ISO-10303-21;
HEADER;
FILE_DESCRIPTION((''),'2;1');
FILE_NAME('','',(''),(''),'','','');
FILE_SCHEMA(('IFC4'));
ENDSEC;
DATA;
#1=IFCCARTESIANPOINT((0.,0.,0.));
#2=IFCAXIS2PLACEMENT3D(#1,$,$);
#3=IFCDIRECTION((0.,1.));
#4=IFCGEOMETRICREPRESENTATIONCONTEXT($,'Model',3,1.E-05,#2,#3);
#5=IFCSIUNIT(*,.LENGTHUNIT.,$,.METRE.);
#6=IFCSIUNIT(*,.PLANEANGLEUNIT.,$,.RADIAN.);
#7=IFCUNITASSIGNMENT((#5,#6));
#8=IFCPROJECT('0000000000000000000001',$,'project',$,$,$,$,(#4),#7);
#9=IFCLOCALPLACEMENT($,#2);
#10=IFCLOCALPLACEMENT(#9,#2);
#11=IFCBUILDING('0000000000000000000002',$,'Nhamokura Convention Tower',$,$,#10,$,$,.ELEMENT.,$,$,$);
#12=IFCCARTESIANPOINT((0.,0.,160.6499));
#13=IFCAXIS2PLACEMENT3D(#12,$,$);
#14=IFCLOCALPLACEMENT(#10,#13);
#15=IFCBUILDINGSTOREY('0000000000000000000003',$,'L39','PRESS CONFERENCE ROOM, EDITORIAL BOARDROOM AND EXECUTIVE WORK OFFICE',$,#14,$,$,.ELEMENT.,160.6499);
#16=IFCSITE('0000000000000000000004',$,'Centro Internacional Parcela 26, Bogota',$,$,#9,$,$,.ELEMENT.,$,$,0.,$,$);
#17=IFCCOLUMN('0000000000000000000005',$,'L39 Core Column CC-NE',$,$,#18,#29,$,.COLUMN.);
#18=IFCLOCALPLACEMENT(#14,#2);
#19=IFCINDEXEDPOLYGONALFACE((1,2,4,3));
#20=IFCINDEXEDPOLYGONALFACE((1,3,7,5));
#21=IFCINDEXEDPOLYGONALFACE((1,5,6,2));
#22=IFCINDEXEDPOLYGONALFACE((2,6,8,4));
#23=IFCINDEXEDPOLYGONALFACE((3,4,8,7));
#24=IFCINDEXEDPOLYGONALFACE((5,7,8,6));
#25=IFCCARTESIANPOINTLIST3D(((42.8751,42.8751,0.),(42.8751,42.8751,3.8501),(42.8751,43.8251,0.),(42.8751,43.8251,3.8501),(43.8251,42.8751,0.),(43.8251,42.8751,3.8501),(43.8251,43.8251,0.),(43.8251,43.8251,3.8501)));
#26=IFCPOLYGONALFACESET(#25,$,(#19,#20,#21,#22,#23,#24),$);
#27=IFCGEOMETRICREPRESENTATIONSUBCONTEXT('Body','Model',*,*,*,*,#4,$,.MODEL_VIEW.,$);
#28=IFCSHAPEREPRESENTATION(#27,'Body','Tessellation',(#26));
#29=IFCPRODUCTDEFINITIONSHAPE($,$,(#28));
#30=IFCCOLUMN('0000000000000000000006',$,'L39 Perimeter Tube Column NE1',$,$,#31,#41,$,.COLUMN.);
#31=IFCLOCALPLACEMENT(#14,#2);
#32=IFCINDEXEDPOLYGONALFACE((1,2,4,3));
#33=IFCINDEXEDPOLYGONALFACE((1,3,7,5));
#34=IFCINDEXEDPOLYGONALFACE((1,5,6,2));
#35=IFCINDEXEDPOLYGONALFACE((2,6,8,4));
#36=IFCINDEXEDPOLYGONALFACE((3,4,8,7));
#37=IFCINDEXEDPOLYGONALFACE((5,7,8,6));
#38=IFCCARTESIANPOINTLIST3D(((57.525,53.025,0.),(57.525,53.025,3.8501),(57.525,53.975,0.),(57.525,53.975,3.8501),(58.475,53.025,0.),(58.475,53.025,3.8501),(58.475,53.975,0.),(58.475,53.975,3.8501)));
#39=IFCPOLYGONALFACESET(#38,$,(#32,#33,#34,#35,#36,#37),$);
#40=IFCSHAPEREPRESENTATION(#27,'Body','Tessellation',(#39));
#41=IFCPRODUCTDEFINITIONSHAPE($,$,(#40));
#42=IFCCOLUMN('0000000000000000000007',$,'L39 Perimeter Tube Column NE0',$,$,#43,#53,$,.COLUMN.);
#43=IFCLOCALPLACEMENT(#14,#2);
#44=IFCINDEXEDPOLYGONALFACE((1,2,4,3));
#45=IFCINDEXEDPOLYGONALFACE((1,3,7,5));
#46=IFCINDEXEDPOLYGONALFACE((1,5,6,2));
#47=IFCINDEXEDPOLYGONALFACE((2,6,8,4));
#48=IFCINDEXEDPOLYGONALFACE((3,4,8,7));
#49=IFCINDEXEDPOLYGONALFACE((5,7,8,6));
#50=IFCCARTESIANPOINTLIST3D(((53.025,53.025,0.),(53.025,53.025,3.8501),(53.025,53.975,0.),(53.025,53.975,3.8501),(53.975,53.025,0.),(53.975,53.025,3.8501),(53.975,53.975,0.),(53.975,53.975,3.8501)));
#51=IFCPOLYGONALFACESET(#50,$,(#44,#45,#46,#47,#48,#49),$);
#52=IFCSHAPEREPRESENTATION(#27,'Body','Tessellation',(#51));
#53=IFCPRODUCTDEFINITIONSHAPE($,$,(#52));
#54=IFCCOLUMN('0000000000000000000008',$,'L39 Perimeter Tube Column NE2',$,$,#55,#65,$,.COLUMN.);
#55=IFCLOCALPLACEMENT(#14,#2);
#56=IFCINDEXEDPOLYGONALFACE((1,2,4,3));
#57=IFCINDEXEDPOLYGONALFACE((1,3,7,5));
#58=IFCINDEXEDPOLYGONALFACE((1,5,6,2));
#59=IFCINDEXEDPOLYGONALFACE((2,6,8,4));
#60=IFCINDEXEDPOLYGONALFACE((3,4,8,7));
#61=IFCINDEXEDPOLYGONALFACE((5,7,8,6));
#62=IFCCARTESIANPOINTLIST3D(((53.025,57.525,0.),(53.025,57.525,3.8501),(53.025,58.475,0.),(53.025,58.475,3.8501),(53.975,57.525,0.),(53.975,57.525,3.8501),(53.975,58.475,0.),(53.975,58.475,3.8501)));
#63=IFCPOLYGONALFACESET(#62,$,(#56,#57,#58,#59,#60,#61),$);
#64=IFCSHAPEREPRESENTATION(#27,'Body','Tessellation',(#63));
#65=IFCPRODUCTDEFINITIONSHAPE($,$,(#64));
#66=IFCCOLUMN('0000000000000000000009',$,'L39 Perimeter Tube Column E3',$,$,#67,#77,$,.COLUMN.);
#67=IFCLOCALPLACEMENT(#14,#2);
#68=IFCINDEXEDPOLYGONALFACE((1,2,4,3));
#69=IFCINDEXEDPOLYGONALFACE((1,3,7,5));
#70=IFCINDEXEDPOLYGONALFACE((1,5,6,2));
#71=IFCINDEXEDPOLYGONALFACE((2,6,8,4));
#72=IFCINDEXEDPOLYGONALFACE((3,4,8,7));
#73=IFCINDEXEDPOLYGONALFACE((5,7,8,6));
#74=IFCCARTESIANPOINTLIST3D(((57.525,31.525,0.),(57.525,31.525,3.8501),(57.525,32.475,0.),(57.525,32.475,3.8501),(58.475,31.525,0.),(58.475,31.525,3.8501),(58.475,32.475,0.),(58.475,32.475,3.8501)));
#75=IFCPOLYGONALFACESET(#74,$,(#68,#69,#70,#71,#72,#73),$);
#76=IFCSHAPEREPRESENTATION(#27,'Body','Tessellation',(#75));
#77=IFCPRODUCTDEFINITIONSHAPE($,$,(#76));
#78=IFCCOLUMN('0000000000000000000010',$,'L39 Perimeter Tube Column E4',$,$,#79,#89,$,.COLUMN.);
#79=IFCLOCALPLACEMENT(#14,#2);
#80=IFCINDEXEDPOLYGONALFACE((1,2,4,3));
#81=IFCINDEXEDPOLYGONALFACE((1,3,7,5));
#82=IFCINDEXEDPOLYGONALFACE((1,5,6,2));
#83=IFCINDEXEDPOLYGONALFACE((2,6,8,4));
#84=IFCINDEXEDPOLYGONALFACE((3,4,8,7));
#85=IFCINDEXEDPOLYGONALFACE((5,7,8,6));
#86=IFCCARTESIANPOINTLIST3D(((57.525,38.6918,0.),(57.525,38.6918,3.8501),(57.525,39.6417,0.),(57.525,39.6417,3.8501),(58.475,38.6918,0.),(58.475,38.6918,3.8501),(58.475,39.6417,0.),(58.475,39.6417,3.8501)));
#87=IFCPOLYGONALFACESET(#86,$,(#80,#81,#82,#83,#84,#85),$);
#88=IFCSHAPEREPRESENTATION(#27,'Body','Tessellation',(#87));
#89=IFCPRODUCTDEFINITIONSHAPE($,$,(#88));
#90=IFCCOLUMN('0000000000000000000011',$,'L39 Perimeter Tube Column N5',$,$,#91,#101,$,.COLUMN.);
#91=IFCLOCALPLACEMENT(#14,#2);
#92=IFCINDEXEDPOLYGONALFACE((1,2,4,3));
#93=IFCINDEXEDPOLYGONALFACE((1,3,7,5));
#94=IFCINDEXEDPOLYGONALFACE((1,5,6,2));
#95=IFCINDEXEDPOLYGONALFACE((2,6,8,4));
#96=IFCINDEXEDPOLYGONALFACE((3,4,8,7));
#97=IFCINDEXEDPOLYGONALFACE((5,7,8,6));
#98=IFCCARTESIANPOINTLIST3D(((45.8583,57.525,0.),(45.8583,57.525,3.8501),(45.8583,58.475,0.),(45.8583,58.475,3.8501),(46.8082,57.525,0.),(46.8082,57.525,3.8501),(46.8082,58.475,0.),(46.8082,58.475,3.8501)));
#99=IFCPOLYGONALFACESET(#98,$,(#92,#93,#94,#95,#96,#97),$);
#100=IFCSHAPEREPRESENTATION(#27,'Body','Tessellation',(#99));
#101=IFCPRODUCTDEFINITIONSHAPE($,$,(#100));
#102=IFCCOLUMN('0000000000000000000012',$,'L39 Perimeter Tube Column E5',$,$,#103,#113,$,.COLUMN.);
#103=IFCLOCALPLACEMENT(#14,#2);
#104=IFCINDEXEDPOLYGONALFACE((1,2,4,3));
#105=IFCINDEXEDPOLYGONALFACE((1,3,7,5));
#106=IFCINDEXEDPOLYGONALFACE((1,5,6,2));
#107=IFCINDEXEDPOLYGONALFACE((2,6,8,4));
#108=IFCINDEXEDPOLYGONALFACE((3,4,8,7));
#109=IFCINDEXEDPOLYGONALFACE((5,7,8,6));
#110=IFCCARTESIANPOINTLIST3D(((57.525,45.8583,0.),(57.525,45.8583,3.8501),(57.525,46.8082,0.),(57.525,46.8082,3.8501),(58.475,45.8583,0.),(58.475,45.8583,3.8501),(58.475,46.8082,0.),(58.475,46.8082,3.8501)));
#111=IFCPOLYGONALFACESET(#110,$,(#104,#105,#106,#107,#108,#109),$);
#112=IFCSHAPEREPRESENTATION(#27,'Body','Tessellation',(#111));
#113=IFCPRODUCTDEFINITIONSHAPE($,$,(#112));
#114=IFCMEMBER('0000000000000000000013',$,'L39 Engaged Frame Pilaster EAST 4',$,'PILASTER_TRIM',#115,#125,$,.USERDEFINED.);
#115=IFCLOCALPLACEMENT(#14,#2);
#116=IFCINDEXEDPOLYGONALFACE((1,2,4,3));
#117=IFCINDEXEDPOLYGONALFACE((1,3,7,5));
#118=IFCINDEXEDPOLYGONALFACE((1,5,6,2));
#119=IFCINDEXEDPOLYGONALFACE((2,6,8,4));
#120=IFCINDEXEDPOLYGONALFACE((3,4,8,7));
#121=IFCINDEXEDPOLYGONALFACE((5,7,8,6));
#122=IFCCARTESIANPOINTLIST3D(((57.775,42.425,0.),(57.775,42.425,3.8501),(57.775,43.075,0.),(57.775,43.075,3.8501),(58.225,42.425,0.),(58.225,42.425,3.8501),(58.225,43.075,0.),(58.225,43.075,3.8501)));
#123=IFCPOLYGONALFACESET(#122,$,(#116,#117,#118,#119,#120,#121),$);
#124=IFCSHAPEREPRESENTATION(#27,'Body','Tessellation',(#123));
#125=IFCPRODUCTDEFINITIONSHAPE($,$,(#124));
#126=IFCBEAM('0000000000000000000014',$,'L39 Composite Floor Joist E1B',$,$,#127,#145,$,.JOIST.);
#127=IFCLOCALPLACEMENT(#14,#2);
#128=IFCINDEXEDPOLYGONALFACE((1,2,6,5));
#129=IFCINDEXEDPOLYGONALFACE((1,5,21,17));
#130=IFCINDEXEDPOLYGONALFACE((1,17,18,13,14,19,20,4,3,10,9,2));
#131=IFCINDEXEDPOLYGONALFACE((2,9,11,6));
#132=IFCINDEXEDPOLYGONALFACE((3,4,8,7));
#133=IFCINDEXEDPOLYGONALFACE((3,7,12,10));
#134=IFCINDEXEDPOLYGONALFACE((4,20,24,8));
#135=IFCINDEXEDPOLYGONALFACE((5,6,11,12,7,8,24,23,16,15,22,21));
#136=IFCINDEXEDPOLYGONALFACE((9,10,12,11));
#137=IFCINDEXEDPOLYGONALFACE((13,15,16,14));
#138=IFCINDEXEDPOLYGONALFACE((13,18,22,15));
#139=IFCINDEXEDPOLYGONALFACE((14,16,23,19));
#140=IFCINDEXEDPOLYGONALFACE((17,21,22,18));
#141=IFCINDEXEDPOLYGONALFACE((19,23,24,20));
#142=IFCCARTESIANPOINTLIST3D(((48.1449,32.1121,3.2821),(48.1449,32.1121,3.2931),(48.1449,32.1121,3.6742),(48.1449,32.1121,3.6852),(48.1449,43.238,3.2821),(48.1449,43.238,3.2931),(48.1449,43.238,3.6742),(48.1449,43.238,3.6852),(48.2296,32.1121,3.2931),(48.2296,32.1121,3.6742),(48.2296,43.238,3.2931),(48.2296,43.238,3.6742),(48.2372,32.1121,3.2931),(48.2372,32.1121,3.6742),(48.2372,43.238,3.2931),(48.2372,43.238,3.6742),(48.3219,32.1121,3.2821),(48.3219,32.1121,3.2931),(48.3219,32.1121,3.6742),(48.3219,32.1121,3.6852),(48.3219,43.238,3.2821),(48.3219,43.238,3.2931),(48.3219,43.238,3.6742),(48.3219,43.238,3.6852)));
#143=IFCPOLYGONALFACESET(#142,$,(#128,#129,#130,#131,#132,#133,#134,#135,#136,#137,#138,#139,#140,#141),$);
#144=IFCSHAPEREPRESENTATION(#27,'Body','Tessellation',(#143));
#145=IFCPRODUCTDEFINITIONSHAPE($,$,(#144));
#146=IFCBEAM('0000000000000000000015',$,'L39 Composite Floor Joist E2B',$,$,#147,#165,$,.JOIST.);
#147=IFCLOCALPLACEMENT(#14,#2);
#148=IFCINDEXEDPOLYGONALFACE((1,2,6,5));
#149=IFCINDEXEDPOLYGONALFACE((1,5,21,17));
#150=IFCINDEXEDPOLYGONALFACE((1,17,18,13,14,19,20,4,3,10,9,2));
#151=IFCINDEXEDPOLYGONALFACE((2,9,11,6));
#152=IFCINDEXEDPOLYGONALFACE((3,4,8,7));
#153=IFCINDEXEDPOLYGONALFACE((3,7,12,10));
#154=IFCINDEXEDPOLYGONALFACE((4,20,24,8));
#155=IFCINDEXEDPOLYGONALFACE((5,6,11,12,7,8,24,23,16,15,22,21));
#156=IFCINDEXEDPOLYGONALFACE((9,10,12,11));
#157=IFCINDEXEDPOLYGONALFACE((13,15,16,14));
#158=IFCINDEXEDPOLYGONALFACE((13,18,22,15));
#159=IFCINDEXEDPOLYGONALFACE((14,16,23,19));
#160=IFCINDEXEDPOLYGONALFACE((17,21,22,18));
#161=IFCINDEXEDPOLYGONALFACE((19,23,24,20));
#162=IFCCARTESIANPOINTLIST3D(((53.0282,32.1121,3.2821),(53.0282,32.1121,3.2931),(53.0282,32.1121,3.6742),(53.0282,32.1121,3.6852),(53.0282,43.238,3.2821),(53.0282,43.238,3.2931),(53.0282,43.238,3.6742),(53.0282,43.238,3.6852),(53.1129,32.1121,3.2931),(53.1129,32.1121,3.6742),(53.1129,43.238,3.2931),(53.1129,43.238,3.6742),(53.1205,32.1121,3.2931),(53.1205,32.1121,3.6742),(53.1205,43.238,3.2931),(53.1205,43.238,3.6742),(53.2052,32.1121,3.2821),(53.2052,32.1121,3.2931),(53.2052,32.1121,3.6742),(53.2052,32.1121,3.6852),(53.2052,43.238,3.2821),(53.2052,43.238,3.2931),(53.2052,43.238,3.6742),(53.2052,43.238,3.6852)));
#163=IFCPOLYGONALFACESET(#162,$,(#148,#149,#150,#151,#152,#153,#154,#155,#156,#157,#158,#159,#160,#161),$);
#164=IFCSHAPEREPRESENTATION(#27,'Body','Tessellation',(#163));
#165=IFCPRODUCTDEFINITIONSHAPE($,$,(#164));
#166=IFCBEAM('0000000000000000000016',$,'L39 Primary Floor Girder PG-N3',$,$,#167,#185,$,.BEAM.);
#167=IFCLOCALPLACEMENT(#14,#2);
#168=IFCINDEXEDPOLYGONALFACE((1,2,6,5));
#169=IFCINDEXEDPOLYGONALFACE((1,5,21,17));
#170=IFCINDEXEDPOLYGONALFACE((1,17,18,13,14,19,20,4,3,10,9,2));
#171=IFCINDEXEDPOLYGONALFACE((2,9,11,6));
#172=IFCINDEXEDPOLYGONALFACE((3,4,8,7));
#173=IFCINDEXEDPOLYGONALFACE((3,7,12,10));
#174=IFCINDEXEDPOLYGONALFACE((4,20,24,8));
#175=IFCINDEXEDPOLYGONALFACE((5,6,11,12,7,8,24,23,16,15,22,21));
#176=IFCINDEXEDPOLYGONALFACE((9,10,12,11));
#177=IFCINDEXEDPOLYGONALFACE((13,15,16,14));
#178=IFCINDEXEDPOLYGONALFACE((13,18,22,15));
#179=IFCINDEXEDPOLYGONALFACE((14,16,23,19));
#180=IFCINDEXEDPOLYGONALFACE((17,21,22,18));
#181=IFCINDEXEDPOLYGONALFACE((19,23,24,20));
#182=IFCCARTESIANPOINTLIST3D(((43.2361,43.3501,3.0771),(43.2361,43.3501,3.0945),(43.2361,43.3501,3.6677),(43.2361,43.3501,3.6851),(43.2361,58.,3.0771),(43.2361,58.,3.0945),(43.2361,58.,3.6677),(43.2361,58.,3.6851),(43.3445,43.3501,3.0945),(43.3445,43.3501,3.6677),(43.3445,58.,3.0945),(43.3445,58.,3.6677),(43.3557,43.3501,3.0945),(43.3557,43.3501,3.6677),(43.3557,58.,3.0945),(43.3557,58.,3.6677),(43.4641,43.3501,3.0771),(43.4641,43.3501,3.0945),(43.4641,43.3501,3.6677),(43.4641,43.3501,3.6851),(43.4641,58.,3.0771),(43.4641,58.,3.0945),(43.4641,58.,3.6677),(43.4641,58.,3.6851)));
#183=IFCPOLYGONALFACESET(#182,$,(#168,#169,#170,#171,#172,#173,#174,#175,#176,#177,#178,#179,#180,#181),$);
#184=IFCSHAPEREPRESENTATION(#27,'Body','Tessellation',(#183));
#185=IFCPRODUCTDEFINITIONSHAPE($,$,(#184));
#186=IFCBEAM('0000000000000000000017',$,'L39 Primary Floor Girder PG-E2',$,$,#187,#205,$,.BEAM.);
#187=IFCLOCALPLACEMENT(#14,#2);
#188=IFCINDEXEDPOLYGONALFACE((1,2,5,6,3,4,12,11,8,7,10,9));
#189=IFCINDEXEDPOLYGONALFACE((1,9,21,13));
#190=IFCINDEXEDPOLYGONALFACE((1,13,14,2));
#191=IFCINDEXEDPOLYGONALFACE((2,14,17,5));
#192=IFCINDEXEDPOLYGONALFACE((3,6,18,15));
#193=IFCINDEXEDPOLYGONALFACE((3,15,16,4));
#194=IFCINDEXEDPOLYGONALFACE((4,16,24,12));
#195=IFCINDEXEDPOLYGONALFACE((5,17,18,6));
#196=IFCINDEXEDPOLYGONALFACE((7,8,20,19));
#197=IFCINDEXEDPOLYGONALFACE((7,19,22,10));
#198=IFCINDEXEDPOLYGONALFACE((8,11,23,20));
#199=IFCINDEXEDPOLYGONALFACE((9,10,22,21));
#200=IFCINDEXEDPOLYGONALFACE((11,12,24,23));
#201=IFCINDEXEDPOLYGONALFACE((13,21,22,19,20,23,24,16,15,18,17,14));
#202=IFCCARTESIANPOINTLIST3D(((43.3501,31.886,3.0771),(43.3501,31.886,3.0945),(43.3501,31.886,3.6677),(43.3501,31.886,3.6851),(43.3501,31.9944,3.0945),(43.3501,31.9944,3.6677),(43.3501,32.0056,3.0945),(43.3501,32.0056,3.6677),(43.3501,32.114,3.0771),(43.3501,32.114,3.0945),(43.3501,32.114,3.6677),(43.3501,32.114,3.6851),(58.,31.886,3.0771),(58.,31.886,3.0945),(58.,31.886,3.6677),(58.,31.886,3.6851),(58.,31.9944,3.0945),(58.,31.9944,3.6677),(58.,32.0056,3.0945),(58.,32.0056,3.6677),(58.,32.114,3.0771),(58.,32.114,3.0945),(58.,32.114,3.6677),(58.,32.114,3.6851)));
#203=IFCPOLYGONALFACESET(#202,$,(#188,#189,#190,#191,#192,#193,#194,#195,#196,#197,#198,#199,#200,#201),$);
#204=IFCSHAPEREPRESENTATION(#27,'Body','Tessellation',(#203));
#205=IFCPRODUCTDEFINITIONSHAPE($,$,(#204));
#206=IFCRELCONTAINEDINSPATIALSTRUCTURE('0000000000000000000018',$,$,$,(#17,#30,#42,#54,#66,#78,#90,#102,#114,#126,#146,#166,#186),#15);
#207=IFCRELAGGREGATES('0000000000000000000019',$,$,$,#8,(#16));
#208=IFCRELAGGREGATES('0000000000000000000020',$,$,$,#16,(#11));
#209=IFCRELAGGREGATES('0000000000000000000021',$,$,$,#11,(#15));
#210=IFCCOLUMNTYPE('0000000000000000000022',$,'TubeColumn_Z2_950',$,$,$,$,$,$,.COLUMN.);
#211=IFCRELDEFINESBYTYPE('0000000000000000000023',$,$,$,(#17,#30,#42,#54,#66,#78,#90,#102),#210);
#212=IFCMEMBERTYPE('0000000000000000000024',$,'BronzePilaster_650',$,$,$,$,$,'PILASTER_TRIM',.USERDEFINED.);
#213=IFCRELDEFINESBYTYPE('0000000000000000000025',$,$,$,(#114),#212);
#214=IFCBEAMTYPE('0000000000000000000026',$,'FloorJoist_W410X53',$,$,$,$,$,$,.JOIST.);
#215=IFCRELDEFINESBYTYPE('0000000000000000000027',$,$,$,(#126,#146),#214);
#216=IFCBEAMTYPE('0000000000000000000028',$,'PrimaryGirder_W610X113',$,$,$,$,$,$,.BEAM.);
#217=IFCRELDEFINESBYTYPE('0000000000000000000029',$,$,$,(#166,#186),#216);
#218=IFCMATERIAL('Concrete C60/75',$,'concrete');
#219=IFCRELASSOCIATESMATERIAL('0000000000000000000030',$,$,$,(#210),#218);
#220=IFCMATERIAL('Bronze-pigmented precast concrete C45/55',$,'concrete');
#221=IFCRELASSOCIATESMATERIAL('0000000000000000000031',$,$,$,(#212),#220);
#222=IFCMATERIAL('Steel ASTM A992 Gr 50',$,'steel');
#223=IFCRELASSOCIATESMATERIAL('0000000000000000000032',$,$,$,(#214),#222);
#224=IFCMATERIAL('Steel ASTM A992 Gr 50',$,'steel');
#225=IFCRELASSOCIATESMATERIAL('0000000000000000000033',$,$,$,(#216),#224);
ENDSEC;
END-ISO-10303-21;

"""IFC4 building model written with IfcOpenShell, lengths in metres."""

from ifc_helpers import new_model, si_unit, direction, frame, origin, origin_2d, place, context, subcontext, project, spatial, rectangle, i_section, extrude, material, material_profile, profile_set, type_object, element, save


model = new_model("IFC4")

# Units and contexts
model_context = context("Model", 3, precision=1e-05, world=origin(), true_north=direction((0.0, 1.0)))
body_context = subcontext(model_context, "Body", "Model", "MODEL_VIEW")
ifc_project = project(units=[si_unit("LENGTHUNIT", "METRE"), si_unit("PLANEANGLEUNIT", "RADIAN")], contexts=[model_context])

# Site, building, storey
site_placement = place(None, origin())
site = spatial("IfcSite", under=ifc_project, at=site_placement, Name="Centro Internacional Parcela 26, Bogota", CompositionType="ELEMENT", RefElevation=0.0)
building_placement = place(site_placement, origin())
building = spatial("IfcBuilding", under=site, at=building_placement, Name="Nhamokura Convention Tower", CompositionType="ELEMENT")
storey_placement = place(building_placement, frame((0.0, 0.0, 160.6499)))
storey = spatial("IfcBuildingStorey", under=building, at=storey_placement, Name="L39", Description="PRESS CONFERENCE ROOM, EDITORIAL BOARDROOM AND EXECUTIVE WORK OFFICE", CompositionType="ELEMENT", Elevation=160.6499)

# Columns
ifc_material_1 = material(Name="Concrete C60/75", Category="concrete")
ifc_material_profile_1 = material_profile(ifc_material_1, rectangle(XDim=0.95, YDim=0.95, at=origin_2d()))
ifc_profile_set_1 = profile_set([ifc_material_profile_1], Name="Concrete C60/75")
column_type = type_object("IfcColumnType", Name="TubeColumn_Z2_950", PredefinedType="COLUMN", material=ifc_profile_set_1)
for number, where, z_axis, x_axis, name in (
    (1, (43.3501, 43.3501, 0.0), (0.0, 0.0, 1.0), (1.0, 0.0, 0.0), "L39 Core Column CC-NE"),
    (2, (58.0, 53.5, 0.0), (0.0, 0.0, 1.0), (1.0, 0.0, 0.0), "L39 Perimeter Tube Column NE1"),
    (3, (53.5, 53.5, 0.0), (0.0, 0.0, 1.0), (1.0, 0.0, 0.0), "L39 Perimeter Tube Column NE0"),
    (4, (53.5, 58.0, 0.0), (0.0, 0.0, 1.0), (1.0, 0.0, 0.0), "L39 Perimeter Tube Column NE2"),
    (5, (58.0, 32.0, 0.0), (0.0, 0.0, 1.0), (1.0, 0.0, 0.0), "L39 Perimeter Tube Column E3"),
    (6, (58.0, 39.1667, 0.0), (0.0, 0.0, 1.0), (1.0, 0.0, 0.0), "L39 Perimeter Tube Column E4"),
    (7, (46.3333, 58.0, 0.0), (0.0, 0.0, 1.0), (1.0, 0.0, 0.0), "L39 Perimeter Tube Column N5"),
    (8, (58.0, 46.3333, 0.0), (0.0, 0.0, 1.0), (1.0, 0.0, 0.0), "L39 Perimeter Tube Column E5"),
):
    element("IfcColumn", number, at=place(storey_placement, frame(where, z_axis=z_axis, x_axis=x_axis)), inside=storey, type_object=column_type, Name=name, PredefinedType="COLUMN", context=body_context, shape_type="SweptSolid", body=[
        extrude(rectangle(XDim=0.95, YDim=0.95, at=origin_2d()), origin(), (0.0, 0.0, 1.0), 3.8501),
    ])

# Member
ifc_material_2 = material(Name="Bronze-pigmented precast concrete C45/55", Category="concrete")
ifc_material_profile_2 = material_profile(ifc_material_2, rectangle(XDim=0.45, YDim=0.6499, at=origin_2d()))
ifc_profile_set_2 = profile_set([ifc_material_profile_2], Name="Bronze-pigmented precast concrete C45/55")
member_type_1 = type_object("IfcMemberType", Name="BronzePilaster_650", ElementType="PILASTER_TRIM", PredefinedType="USERDEFINED", material=ifc_profile_set_2)
member_placement = place(storey_placement, frame((58.0, 42.75, 0.0), z_axis=(0.0, 0.0, 1.0), x_axis=(1.0, 0.0, 0.0)))
element("IfcMember", 9, at=member_placement, inside=storey, type_object=member_type_1, Name="L39 Engaged Frame Pilaster EAST 4", ObjectType="PILASTER_TRIM", PredefinedType="USERDEFINED", context=body_context, shape_type="SweptSolid", body=[
    extrude(rectangle(XDim=0.45, YDim=0.6499, at=origin_2d()), origin(), (0.0, 0.0, 1.0), 3.8501),
])

# Beams
ifc_material_3 = material(Name="Steel ASTM A992 Gr 50", Category="steel")
ifc_material_profile_3 = material_profile(ifc_material_3, i_section(OverallWidth=0.177, OverallDepth=0.4031, WebThickness=0.0076, FlangeThickness=0.011, at=origin_2d()))
ifc_profile_set_3 = profile_set([ifc_material_profile_3], Name="Steel ASTM A992 Gr 50")
beam_type_1 = type_object("IfcBeamType", Name="FloorJoist_W410X53", PredefinedType="JOIST", material=ifc_profile_set_3)
for number, where, z_axis, x_axis, name in (
    (10, (48.2334, 32.1121, 3.4836), (0.0, 1.0, 0.0), (-1.0, 0.0, 0.0), "L39 Composite Floor Joist E1B"),
    (11, (53.1167, 32.1121, 3.4836), (0.0, 1.0, 0.0), (-1.0, 0.0, 0.0), "L39 Composite Floor Joist E2B"),
):
    element("IfcBeam", number, at=place(storey_placement, frame(where, z_axis=z_axis, x_axis=x_axis)), inside=storey, type_object=beam_type_1, Name=name, PredefinedType="JOIST", context=body_context, shape_type="SweptSolid", body=[
        extrude(i_section(OverallWidth=0.177, OverallDepth=0.4031, WebThickness=0.0076, FlangeThickness=0.011, at=origin_2d()), origin(), (0.0, 0.0, 1.0), 11.126),
    ])
ifc_material_4 = material(Name="Steel ASTM A992 Gr 50", Category="steel")
ifc_material_profile_4 = material_profile(ifc_material_4, i_section(OverallWidth=0.228, OverallDepth=0.6079, WebThickness=0.0112, FlangeThickness=0.0173, at=origin_2d()))
ifc_profile_set_4 = profile_set([ifc_material_profile_4], Name="Steel ASTM A992 Gr 50")
beam_type_2 = type_object("IfcBeamType", Name="PrimaryGirder_W610X113", PredefinedType="BEAM", material=ifc_profile_set_4)
for number, where, z_axis, x_axis, name in (
    (12, (43.3501, 43.3501, 3.3811), (0.0, 1.0, 0.0), (-1.0, 0.0, 0.0), "L39 Primary Floor Girder PG-N3"),
    (13, (43.3501, 32.0, 3.3811), (1.0, 0.0, 0.0), (0.0, 1.0, 0.0), "L39 Primary Floor Girder PG-E2"),
):
    element("IfcBeam", number, at=place(storey_placement, frame(where, z_axis=z_axis, x_axis=x_axis)), inside=storey, type_object=beam_type_2, Name=name, PredefinedType="BEAM", context=body_context, shape_type="SweptSolid", body=[
        extrude(i_section(OverallWidth=0.228, OverallDepth=0.6079, WebThickness=0.0112, FlangeThickness=0.0173, at=origin_2d()), origin(), (0.0, 0.0, 1.0), 14.6499),
    ])

save(model, "model.ifc")
